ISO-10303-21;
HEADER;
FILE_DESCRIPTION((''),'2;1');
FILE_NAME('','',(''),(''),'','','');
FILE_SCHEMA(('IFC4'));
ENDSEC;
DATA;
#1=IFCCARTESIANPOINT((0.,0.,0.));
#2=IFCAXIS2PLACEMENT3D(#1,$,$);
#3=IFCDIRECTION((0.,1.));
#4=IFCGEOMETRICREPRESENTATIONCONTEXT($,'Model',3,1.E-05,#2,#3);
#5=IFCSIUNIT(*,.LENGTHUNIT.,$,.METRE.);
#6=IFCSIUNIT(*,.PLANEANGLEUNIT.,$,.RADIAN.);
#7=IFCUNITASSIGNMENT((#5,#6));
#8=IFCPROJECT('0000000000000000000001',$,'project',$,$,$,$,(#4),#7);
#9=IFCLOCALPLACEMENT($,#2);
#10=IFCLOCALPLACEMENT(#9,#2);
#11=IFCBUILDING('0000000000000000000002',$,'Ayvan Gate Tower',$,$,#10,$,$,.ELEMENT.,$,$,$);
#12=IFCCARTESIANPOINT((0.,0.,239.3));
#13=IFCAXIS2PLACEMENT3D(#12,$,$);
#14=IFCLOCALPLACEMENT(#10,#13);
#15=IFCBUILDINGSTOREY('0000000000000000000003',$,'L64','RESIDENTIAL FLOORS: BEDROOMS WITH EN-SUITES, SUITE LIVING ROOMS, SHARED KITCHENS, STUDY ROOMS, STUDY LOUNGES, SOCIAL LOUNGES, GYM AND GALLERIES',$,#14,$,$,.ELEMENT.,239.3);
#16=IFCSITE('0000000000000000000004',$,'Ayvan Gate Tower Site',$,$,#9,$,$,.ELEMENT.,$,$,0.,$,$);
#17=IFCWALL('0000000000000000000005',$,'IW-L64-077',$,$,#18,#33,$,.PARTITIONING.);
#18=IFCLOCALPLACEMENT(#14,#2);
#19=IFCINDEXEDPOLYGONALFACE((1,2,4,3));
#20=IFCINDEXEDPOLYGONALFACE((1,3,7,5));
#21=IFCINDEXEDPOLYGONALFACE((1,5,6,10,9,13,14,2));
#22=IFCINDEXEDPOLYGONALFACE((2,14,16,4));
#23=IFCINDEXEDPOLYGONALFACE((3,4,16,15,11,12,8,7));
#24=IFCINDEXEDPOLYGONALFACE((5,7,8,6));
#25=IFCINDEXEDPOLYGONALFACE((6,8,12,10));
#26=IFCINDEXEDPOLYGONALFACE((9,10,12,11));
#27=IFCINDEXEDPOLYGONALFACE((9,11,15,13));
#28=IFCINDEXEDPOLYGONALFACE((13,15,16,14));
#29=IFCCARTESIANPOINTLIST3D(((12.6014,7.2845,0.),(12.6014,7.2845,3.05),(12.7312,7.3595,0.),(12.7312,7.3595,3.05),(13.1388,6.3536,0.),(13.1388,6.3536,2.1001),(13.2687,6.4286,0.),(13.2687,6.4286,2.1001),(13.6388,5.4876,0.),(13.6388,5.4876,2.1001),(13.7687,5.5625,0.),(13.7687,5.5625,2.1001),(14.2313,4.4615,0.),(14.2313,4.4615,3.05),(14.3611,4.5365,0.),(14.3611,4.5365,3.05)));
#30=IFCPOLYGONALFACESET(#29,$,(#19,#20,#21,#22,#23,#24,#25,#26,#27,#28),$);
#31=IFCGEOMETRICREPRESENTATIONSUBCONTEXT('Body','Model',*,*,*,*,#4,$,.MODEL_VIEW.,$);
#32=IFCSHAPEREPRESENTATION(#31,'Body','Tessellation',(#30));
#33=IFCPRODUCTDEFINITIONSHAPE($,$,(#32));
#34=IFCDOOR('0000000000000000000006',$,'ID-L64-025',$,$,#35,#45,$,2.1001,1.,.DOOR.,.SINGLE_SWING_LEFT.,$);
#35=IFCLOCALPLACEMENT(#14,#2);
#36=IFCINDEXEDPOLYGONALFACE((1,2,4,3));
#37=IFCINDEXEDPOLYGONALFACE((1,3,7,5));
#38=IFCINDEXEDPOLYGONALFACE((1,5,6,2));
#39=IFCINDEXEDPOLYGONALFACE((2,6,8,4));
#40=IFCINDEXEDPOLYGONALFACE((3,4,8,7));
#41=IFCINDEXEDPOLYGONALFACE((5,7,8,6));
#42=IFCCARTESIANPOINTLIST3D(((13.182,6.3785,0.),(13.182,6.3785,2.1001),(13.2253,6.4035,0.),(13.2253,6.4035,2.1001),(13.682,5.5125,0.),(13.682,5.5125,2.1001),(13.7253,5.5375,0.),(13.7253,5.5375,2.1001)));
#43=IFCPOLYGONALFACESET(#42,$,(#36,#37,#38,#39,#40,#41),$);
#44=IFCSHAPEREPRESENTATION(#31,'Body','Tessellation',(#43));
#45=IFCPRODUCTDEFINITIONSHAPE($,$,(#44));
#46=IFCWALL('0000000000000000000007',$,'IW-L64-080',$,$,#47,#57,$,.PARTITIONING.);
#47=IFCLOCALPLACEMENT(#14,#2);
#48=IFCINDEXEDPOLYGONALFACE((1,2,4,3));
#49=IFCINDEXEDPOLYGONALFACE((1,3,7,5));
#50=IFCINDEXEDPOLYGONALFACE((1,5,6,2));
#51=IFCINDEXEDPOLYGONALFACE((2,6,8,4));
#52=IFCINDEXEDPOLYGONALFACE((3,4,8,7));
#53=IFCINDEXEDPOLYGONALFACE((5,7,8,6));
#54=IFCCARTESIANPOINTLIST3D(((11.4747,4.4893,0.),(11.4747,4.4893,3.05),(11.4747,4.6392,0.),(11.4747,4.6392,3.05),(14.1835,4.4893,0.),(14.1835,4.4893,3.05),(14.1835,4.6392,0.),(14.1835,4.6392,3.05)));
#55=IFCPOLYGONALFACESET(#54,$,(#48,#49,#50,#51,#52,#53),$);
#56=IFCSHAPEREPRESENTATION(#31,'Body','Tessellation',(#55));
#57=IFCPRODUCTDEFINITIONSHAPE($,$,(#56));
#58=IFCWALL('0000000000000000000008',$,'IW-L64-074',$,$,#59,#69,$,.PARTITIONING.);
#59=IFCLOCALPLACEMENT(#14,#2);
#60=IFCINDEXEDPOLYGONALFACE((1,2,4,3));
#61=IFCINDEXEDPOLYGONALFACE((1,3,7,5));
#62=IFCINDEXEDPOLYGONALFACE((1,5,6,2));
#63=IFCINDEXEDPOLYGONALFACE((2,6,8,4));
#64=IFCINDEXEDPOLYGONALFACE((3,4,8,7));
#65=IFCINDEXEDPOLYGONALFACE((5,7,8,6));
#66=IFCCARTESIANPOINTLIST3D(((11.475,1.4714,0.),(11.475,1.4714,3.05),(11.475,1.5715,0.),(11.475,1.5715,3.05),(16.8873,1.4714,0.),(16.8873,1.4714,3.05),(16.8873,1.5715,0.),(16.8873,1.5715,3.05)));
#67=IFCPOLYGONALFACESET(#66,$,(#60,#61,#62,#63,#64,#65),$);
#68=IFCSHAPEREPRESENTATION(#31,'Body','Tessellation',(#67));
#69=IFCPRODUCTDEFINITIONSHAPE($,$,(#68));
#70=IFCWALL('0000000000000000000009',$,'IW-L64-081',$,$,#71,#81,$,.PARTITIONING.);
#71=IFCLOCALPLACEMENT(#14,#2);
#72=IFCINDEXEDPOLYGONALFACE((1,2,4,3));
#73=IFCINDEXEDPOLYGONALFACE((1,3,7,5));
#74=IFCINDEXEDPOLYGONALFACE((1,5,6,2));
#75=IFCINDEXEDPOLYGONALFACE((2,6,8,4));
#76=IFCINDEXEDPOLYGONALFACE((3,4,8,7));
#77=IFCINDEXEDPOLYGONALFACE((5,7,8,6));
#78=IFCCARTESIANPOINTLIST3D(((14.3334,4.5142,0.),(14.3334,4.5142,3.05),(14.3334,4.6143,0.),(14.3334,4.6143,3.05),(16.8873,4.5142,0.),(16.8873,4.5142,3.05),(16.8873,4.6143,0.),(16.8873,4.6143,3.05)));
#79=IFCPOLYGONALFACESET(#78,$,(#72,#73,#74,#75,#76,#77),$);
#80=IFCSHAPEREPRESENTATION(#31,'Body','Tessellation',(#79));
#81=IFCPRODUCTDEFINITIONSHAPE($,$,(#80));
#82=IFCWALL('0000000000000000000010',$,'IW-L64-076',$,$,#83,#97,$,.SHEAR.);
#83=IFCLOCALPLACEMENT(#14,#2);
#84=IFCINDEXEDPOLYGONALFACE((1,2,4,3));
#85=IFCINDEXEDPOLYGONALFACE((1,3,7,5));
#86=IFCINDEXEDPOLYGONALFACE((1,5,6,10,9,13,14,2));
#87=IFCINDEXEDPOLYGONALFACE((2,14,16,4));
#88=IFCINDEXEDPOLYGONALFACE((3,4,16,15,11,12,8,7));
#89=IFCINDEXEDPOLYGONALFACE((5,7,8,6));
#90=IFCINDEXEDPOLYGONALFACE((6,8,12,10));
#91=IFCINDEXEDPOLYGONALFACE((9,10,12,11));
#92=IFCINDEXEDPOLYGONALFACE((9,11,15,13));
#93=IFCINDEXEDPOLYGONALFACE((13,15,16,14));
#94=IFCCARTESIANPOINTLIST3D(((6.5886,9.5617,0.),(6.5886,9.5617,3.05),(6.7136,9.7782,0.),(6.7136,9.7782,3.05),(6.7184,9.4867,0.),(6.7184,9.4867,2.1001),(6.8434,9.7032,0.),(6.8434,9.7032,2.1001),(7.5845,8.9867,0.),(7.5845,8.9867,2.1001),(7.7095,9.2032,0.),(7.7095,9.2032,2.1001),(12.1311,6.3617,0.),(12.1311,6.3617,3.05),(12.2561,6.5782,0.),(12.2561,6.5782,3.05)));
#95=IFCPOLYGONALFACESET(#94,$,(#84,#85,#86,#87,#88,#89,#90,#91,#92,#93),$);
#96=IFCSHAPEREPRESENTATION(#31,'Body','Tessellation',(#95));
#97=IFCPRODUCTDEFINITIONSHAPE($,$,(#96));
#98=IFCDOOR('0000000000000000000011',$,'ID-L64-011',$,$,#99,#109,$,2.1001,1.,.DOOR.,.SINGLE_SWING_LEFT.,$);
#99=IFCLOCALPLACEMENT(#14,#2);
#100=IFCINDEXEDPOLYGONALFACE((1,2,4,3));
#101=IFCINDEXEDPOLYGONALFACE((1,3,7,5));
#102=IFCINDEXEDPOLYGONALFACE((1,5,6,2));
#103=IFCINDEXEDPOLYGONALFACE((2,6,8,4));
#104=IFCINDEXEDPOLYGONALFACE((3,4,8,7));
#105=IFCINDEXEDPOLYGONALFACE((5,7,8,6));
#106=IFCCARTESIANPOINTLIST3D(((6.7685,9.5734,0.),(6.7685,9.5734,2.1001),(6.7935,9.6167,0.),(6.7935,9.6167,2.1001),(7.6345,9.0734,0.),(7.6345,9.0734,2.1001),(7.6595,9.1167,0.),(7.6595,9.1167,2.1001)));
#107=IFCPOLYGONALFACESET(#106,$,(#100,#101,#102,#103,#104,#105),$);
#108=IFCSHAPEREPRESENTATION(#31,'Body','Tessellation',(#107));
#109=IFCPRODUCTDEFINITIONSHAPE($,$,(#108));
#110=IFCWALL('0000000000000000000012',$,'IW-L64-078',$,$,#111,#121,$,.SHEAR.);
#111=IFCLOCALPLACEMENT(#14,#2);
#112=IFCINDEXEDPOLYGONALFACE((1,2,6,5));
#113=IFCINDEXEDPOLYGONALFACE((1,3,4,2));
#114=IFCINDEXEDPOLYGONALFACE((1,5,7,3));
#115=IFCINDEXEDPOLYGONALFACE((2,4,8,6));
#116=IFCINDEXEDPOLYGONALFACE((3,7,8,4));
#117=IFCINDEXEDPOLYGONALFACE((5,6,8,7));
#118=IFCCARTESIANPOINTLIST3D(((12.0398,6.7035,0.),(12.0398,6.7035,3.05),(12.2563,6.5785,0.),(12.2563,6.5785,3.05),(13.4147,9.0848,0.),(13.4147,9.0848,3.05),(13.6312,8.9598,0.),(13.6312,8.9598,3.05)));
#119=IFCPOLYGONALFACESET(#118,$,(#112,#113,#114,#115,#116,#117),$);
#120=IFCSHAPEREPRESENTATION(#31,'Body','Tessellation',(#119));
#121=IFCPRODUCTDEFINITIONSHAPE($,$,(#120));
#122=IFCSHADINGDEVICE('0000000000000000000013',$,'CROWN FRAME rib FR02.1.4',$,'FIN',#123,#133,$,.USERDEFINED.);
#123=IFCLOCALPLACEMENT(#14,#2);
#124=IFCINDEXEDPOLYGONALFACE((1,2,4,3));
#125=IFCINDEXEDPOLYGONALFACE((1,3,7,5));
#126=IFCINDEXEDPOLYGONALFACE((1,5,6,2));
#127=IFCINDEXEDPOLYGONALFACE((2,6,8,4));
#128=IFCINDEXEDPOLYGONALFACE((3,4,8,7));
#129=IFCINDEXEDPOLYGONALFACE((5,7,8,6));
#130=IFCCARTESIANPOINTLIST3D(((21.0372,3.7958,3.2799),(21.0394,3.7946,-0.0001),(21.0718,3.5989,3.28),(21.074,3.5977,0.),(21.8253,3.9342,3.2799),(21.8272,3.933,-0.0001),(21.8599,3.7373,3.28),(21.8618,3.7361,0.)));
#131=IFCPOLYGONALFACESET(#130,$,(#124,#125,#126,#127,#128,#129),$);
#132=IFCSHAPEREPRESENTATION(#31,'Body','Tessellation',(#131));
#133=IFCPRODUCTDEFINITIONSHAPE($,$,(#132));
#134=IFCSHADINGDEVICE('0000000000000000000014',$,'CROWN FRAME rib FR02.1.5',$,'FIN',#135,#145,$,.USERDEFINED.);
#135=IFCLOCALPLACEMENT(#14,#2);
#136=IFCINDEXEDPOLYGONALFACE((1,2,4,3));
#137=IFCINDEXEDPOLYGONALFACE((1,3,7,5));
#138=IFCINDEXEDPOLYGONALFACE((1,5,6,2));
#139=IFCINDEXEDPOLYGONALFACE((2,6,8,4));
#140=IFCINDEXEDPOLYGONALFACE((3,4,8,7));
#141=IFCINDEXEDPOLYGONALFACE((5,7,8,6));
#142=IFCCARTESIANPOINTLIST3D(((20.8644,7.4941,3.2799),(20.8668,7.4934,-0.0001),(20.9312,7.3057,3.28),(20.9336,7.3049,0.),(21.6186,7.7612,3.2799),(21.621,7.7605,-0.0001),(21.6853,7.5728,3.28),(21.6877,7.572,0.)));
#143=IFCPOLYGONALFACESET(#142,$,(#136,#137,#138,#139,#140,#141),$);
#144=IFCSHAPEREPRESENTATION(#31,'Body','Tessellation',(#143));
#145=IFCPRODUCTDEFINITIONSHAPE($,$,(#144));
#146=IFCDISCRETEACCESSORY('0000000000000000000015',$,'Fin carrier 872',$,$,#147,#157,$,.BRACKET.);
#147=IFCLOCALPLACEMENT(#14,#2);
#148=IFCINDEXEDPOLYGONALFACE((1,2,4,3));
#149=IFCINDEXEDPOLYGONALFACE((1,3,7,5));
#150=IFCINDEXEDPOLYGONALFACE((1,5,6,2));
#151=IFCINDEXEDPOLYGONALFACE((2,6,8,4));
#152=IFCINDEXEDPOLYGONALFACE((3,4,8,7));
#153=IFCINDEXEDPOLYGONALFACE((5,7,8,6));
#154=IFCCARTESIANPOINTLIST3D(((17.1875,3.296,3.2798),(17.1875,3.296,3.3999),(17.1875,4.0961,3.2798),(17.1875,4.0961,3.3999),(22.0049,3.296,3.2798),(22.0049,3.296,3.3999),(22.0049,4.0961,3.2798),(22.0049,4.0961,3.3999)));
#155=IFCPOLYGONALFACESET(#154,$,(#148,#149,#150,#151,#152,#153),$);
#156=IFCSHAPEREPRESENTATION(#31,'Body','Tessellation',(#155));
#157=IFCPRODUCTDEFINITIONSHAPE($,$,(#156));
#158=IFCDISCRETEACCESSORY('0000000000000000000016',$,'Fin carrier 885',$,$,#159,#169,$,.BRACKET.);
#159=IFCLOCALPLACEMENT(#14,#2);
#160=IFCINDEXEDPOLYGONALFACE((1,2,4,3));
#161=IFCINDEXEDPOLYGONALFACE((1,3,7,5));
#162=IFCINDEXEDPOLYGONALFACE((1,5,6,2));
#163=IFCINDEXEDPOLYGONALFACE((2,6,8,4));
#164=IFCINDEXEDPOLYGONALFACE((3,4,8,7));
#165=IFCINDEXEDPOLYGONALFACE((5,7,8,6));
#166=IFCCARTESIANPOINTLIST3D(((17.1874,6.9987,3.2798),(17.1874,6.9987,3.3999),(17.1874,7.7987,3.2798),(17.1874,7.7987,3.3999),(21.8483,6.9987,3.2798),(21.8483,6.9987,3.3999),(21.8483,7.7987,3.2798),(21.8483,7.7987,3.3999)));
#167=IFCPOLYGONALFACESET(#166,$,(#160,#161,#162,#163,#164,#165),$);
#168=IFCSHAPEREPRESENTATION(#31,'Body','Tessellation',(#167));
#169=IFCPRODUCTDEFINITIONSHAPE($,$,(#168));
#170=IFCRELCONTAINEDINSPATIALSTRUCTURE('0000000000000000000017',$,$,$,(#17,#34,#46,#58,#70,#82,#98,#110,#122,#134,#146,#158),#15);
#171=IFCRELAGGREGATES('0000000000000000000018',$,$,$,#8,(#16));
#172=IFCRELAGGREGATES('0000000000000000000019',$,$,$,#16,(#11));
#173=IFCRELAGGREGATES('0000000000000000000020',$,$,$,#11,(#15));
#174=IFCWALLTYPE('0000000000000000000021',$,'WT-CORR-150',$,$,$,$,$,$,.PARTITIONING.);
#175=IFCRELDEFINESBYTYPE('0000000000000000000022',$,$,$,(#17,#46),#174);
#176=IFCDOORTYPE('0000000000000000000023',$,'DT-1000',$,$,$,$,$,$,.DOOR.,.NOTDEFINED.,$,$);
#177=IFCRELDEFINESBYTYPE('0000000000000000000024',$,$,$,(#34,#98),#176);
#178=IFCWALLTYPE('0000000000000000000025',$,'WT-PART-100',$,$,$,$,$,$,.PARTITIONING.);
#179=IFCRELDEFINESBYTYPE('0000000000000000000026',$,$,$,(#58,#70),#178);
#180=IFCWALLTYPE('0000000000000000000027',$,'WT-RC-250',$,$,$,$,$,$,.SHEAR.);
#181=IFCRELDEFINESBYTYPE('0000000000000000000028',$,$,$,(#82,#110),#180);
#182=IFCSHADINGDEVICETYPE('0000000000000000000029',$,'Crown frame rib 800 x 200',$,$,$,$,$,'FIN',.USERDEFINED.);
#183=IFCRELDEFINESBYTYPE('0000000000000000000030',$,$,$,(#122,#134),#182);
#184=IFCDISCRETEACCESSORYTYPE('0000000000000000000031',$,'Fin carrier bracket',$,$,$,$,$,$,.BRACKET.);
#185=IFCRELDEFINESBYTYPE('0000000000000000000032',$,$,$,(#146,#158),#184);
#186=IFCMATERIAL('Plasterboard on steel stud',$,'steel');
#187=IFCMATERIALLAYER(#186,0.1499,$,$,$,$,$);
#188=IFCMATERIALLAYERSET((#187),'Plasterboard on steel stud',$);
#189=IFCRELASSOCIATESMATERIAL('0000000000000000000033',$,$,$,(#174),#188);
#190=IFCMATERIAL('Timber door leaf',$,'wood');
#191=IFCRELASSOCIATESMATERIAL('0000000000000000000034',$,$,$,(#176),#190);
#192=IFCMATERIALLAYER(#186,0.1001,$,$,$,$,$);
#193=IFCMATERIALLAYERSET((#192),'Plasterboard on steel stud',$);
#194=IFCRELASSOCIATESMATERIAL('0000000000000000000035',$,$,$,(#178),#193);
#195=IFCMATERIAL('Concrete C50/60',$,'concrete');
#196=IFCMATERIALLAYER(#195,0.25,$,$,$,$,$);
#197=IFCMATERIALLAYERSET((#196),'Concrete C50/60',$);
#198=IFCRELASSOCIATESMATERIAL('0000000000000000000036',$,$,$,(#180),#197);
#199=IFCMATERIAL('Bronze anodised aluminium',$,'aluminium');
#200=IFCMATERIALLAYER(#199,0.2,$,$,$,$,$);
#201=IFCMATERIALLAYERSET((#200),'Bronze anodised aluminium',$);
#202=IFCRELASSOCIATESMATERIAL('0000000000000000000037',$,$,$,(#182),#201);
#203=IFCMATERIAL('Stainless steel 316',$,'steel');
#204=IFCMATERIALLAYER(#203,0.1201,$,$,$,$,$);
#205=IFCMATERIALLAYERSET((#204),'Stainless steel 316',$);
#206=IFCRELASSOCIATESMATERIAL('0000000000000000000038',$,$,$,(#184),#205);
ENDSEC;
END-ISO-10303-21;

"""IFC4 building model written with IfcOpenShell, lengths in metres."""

from ifc_helpers import new_model, si_unit, direction, frame, frame_2d, origin, origin_2d, place, context, subcontext, project, spatial, polyline, rectangle, outline, extrude, material, layer, layer_set, type_object, element, fill, save


model = new_model("IFC4")

# Units and contexts
model_context = context("Model", 3, precision=1e-05, world=origin(), true_north=direction((0.0, 1.0)))
body_context = subcontext(model_context, "Body", "Model", "MODEL_VIEW")
ifc_project = project(units=[si_unit("LENGTHUNIT", "METRE"), si_unit("PLANEANGLEUNIT", "RADIAN")], contexts=[model_context])

# Site, building, storey
site_placement = place(None, origin())
site = spatial("IfcSite", under=ifc_project, at=site_placement, Name="Ayvan Gate Tower Site", CompositionType="ELEMENT", RefElevation=0.0)
building_placement = place(site_placement, origin())
building = spatial("IfcBuilding", under=site, at=building_placement, Name="Ayvan Gate Tower", CompositionType="ELEMENT")
storey_placement = place(building_placement, frame((0.0, 0.0, 239.3)))
storey = spatial("IfcBuildingStorey", under=building, at=storey_placement, Name="L64", Description="RESIDENTIAL FLOORS: BEDROOMS WITH EN-SUITES, SUITE LIVING ROOMS, SHARED KITCHENS, STUDY ROOMS, STUDY LOUNGES, SOCIAL LOUNGES, GYM AND GALLERIES", CompositionType="ELEMENT", Elevation=239.3)

# Shared definitions
ifc_material_1 = material(Name="Concrete C50/60", Category="concrete")

# Shared definitions
ifc_material_2 = material(Name="Bronze anodised aluminium", Category="aluminium")

# Wall, opening, door
ifc_material_3 = material(Name="Plasterboard on steel stud", Category="steel")
ifc_layer_1 = layer(ifc_material_3, 0.1499)
ifc_layer_set_1 = layer_set([ifc_layer_1], Name="Plasterboard on steel stud")
wall_type_1 = type_object("IfcWallType", Name="WT-CORR-150", PredefinedType="PARTITIONING", material=ifc_layer_set_1)
wall_1_placement = place(storey_placement, frame((12.6663, 7.322, 0.0), z_axis=(0.0, 0.0, 1.0), x_axis=(0.500006, -0.866022, 0.0)))
wall_1 = element("IfcWall", 1, at=wall_1_placement, inside=storey, type_object=wall_type_1, Name="IW-L64-077", PredefinedType="PARTITIONING", context=body_context, shape_type="SweptSolid", body=[
    extrude(rectangle(XDim=3.2598, YDim=0.1499, at=frame_2d((1.6299, 0.0))), origin(), (0.0, 0.0, 1.0), 3.05),
])
opening_1_placement = place(wall_1_placement, frame((1.075, 0.0, 0.0)))
opening_1 = element("IfcOpeningElement", 2, at=opening_1_placement, cuts=wall_1, PredefinedType="OPENING", context=body_context, shape_type="SweptSolid", body=[
    extrude(rectangle(XDim=1.0, YDim=2.1001, at=frame_2d((0.5, 1.05))), frame((0.0, 0.085, 0.0), z_axis=(0.0, -1.0, 0.0), x_axis=(1.0, 0.0, 0.0)), (0.0, 0.0, 1.0), 0.1699),
])
ifc_material_4 = material(Name="Timber door leaf", Category="wood")
door_type = type_object("IfcDoorType", Name="DT-1000", OperationType="NOTDEFINED", PredefinedType="DOOR", material=ifc_material_4)
door_1_placement = place(opening_1_placement, origin())
door_1 = element("IfcDoor", 3, at=door_1_placement, inside=storey, type_object=door_type, Name="ID-L64-025", OperationType="SINGLE_SWING_LEFT", OverallHeight=2.1001, OverallWidth=1.0, PredefinedType="DOOR", context=body_context, shape_type="SweptSolid", body=[
    extrude(rectangle(XDim=1.0, YDim=2.1001, at=frame_2d((0.5, 1.05))), frame((0.0, 0.0249, 0.0), z_axis=(0.0, -1.0, 0.0), x_axis=(1.0, 0.0, 0.0)), (0.0, 0.0, 1.0), 0.05),
])
fill(opening_1, door_1)

# Walls
wall_2_placement = place(storey_placement, frame((14.1836, 4.5642, 0.0), z_axis=(0.0, 0.0, 1.0), x_axis=(-1.0, 0.0, 0.0)))
element("IfcWall", 4, at=wall_2_placement, inside=storey, type_object=wall_type_1, Name="IW-L64-080", PredefinedType="PARTITIONING", context=body_context, shape_type="SweptSolid", body=[
    extrude(rectangle(XDim=2.7087, YDim=0.1499, at=frame_2d((1.3545, 0.0))), origin(), (0.0, 0.0, 1.0), 3.05),
])
ifc_layer_2 = layer(ifc_material_3, 0.1001)
ifc_layer_set_2 = layer_set([ifc_layer_2], Name="Plasterboard on steel stud")
wall_type_2 = type_object("IfcWallType", Name="WT-PART-100", PredefinedType="PARTITIONING", material=ifc_layer_set_2)
wall_3_placement = place(storey_placement, frame((11.4751, 1.5215, 0.0), z_axis=(0.0, 0.0, 1.0), x_axis=(1.0, 0.0, 0.0)))
element("IfcWall", 5, at=wall_3_placement, inside=storey, type_object=wall_type_2, Name="IW-L64-074", PredefinedType="PARTITIONING", context=body_context, shape_type="SweptSolid", body=[
    extrude(rectangle(XDim=5.4124, YDim=0.1001, at=frame_2d((2.7061, 0.0))), origin(), (0.0, 0.0, 1.0), 3.05),
])
wall_4_placement = place(storey_placement, frame((14.3335, 4.5642, 0.0), z_axis=(0.0, 0.0, 1.0), x_axis=(1.0, 0.0, 0.0)))
element("IfcWall", 6, at=wall_4_placement, inside=storey, type_object=wall_type_2, Name="IW-L64-081", PredefinedType="PARTITIONING", context=body_context, shape_type="SweptSolid", body=[
    extrude(rectangle(XDim=2.554, YDim=0.1001, at=frame_2d((1.2769, 0.0))), origin(), (0.0, 0.0, 1.0), 3.05),
])

# Wall, opening, door
ifc_layer_3 = layer(ifc_material_1, 0.25)
ifc_layer_set_3 = layer_set([ifc_layer_3], Name="Concrete C50/60")
wall_type_3 = type_object("IfcWallType", Name="WT-RC-250", PredefinedType="SHEAR", material=ifc_layer_set_3)
wall_5_placement = place(storey_placement, frame((12.1936, 6.47, 0.0), z_axis=(0.0, 0.0, 1.0), x_axis=(-0.866025, 0.5, 0.0)))
wall_5 = element("IfcWall", 7, at=wall_5_placement, inside=storey, type_object=wall_type_3, Name="IW-L64-076", PredefinedType="SHEAR", context=body_context, shape_type="SweptSolid", body=[
    extrude(rectangle(XDim=6.3999, YDim=0.25, at=frame_2d((3.2, 0.0))), origin(), (0.0, 0.0, 1.0), 3.05),
])
opening_2_placement = place(wall_5_placement, frame((5.25, 0.0, 0.0)))
opening_2 = element("IfcOpeningElement", 8, at=opening_2_placement, cuts=wall_5, PredefinedType="OPENING", context=body_context, shape_type="SweptSolid", body=[
    extrude(rectangle(XDim=1.0, YDim=2.1001, at=frame_2d((0.5, 1.05))), frame((0.0, 0.135, 0.0), z_axis=(0.0, -1.0, 0.0), x_axis=(1.0, 0.0, 0.0)), (0.0, 0.0, 1.0), 0.27),
])
door_2_placement = place(opening_2_placement, origin())
door_2 = element("IfcDoor", 9, at=door_2_placement, inside=storey, type_object=door_type, Name="ID-L64-011", OperationType="SINGLE_SWING_LEFT", OverallHeight=2.1001, OverallWidth=1.0, PredefinedType="DOOR", context=body_context, shape_type="SweptSolid", body=[
    extrude(rectangle(XDim=1.0, YDim=2.1001, at=frame_2d((0.5, 1.05))), frame((0.0, 0.0249, 0.0), z_axis=(0.0, -1.0, 0.0), x_axis=(1.0, 0.0, 0.0)), (0.0, 0.0, 1.0), 0.05),
])
fill(opening_2, door_2)

# Wall
wall_6_placement = place(storey_placement, frame((12.1479, 6.6409, 0.0), z_axis=(0.0, 0.0, 1.0), x_axis=(0.500035, 0.866005, 0.0)))
element("IfcWall", 10, at=wall_6_placement, inside=storey, type_object=wall_type_3, Name="IW-L64-078", PredefinedType="SHEAR", context=body_context, shape_type="SweptSolid", body=[
    extrude(rectangle(XDim=2.7498, YDim=0.25, at=frame_2d((1.375, 0.0))), origin(), (0.0, 0.0, 1.0), 3.05),
])

# Shading devices
ifc_layer_4 = layer(ifc_material_2, 0.2)
ifc_layer_set_4 = layer_set([ifc_layer_4], Name="Bronze anodised aluminium")
shading_device_type = type_object("IfcShadingDeviceType", Name="Crown frame rib 800 x 200", ElementType="FIN", PredefinedType="USERDEFINED", material=ifc_layer_set_4)
shading_device_1_placement = place(storey_placement, frame((21.074, 3.5977, 0.0), z_axis=(0.173028, -0.984917, 0.000476), x_axis=(0.984917, 0.173028, 0.0)))
element("IfcShadingDevice", 11, at=shading_device_1_placement, inside=storey, type_object=shading_device_type, Name="CROWN FRAME rib FR02.1.4", ObjectType="FIN", PredefinedType="USERDEFINED", context=body_context, shape_type="SweptSolid", body=[
    extrude(outline(polyline([(0.0, 0.0), (0.7999, 0.0), (0.7982, 3.28), (-0.002, 3.28), (0.0, 0.0)])), origin(), (0.0, 0.0, -1.0), 0.2),
])
shading_device_2_placement = place(storey_placement, frame((20.9336, 7.3049, 0.0), z_axis=(0.333841, -0.942629, 0.000459), x_axis=(0.942629, 0.333841, 0.0)))
element("IfcShadingDevice", 12, at=shading_device_2_placement, inside=storey, type_object=shading_device_type, Name="CROWN FRAME rib FR02.1.5", ObjectType="FIN", PredefinedType="USERDEFINED", context=body_context, shape_type="SweptSolid", body=[
    extrude(outline(polyline([(0.0, 0.0), (0.8, 0.0), (0.798, 3.28), (-0.0021, 3.28), (0.0, 0.0)])), origin(), (0.0, 0.0, -1.0), 0.2),
])

# Discrete accessories
ifc_material_5 = material(Name="Stainless steel 316", Category="steel")
ifc_layer_5 = layer(ifc_material_5, 0.1201)
ifc_layer_set_5 = layer_set([ifc_layer_5], Name="Stainless steel 316")
discrete_accessory_type = type_object("IfcDiscreteAccessoryType", Name="Fin carrier bracket", PredefinedType="BRACKET", material=ifc_layer_set_5)
discrete_accessory_1_placement = place(storey_placement, frame((19.5962, 3.696, 3.2798), z_axis=(0.0, 0.0, 1.0), x_axis=(0.0, 1.0, 0.0)))
element("IfcDiscreteAccessory", 13, at=discrete_accessory_1_placement, inside=storey, type_object=discrete_accessory_type, Name="Fin carrier 872", PredefinedType="BRACKET", context=body_context, shape_type="SweptSolid", body=[
    extrude(rectangle(XDim=0.8, YDim=4.8174, at=origin_2d()), origin(), (0.0, 0.0, 1.0), 0.1201),
])
discrete_accessory_2_placement = place(storey_placement, frame((19.5178, 7.3987, 3.2798), z_axis=(0.0, 0.0, 1.0), x_axis=(0.0, 1.0, 0.0)))
element("IfcDiscreteAccessory", 14, at=discrete_accessory_2_placement, inside=storey, type_object=discrete_accessory_type, Name="Fin carrier 885", PredefinedType="BRACKET", context=body_context, shape_type="SweptSolid", body=[
    extrude(rectangle(XDim=0.8, YDim=4.6609, at=origin_2d()), origin(), (0.0, 0.0, 1.0), 0.1201),
])

save(model, "model.ifc")
